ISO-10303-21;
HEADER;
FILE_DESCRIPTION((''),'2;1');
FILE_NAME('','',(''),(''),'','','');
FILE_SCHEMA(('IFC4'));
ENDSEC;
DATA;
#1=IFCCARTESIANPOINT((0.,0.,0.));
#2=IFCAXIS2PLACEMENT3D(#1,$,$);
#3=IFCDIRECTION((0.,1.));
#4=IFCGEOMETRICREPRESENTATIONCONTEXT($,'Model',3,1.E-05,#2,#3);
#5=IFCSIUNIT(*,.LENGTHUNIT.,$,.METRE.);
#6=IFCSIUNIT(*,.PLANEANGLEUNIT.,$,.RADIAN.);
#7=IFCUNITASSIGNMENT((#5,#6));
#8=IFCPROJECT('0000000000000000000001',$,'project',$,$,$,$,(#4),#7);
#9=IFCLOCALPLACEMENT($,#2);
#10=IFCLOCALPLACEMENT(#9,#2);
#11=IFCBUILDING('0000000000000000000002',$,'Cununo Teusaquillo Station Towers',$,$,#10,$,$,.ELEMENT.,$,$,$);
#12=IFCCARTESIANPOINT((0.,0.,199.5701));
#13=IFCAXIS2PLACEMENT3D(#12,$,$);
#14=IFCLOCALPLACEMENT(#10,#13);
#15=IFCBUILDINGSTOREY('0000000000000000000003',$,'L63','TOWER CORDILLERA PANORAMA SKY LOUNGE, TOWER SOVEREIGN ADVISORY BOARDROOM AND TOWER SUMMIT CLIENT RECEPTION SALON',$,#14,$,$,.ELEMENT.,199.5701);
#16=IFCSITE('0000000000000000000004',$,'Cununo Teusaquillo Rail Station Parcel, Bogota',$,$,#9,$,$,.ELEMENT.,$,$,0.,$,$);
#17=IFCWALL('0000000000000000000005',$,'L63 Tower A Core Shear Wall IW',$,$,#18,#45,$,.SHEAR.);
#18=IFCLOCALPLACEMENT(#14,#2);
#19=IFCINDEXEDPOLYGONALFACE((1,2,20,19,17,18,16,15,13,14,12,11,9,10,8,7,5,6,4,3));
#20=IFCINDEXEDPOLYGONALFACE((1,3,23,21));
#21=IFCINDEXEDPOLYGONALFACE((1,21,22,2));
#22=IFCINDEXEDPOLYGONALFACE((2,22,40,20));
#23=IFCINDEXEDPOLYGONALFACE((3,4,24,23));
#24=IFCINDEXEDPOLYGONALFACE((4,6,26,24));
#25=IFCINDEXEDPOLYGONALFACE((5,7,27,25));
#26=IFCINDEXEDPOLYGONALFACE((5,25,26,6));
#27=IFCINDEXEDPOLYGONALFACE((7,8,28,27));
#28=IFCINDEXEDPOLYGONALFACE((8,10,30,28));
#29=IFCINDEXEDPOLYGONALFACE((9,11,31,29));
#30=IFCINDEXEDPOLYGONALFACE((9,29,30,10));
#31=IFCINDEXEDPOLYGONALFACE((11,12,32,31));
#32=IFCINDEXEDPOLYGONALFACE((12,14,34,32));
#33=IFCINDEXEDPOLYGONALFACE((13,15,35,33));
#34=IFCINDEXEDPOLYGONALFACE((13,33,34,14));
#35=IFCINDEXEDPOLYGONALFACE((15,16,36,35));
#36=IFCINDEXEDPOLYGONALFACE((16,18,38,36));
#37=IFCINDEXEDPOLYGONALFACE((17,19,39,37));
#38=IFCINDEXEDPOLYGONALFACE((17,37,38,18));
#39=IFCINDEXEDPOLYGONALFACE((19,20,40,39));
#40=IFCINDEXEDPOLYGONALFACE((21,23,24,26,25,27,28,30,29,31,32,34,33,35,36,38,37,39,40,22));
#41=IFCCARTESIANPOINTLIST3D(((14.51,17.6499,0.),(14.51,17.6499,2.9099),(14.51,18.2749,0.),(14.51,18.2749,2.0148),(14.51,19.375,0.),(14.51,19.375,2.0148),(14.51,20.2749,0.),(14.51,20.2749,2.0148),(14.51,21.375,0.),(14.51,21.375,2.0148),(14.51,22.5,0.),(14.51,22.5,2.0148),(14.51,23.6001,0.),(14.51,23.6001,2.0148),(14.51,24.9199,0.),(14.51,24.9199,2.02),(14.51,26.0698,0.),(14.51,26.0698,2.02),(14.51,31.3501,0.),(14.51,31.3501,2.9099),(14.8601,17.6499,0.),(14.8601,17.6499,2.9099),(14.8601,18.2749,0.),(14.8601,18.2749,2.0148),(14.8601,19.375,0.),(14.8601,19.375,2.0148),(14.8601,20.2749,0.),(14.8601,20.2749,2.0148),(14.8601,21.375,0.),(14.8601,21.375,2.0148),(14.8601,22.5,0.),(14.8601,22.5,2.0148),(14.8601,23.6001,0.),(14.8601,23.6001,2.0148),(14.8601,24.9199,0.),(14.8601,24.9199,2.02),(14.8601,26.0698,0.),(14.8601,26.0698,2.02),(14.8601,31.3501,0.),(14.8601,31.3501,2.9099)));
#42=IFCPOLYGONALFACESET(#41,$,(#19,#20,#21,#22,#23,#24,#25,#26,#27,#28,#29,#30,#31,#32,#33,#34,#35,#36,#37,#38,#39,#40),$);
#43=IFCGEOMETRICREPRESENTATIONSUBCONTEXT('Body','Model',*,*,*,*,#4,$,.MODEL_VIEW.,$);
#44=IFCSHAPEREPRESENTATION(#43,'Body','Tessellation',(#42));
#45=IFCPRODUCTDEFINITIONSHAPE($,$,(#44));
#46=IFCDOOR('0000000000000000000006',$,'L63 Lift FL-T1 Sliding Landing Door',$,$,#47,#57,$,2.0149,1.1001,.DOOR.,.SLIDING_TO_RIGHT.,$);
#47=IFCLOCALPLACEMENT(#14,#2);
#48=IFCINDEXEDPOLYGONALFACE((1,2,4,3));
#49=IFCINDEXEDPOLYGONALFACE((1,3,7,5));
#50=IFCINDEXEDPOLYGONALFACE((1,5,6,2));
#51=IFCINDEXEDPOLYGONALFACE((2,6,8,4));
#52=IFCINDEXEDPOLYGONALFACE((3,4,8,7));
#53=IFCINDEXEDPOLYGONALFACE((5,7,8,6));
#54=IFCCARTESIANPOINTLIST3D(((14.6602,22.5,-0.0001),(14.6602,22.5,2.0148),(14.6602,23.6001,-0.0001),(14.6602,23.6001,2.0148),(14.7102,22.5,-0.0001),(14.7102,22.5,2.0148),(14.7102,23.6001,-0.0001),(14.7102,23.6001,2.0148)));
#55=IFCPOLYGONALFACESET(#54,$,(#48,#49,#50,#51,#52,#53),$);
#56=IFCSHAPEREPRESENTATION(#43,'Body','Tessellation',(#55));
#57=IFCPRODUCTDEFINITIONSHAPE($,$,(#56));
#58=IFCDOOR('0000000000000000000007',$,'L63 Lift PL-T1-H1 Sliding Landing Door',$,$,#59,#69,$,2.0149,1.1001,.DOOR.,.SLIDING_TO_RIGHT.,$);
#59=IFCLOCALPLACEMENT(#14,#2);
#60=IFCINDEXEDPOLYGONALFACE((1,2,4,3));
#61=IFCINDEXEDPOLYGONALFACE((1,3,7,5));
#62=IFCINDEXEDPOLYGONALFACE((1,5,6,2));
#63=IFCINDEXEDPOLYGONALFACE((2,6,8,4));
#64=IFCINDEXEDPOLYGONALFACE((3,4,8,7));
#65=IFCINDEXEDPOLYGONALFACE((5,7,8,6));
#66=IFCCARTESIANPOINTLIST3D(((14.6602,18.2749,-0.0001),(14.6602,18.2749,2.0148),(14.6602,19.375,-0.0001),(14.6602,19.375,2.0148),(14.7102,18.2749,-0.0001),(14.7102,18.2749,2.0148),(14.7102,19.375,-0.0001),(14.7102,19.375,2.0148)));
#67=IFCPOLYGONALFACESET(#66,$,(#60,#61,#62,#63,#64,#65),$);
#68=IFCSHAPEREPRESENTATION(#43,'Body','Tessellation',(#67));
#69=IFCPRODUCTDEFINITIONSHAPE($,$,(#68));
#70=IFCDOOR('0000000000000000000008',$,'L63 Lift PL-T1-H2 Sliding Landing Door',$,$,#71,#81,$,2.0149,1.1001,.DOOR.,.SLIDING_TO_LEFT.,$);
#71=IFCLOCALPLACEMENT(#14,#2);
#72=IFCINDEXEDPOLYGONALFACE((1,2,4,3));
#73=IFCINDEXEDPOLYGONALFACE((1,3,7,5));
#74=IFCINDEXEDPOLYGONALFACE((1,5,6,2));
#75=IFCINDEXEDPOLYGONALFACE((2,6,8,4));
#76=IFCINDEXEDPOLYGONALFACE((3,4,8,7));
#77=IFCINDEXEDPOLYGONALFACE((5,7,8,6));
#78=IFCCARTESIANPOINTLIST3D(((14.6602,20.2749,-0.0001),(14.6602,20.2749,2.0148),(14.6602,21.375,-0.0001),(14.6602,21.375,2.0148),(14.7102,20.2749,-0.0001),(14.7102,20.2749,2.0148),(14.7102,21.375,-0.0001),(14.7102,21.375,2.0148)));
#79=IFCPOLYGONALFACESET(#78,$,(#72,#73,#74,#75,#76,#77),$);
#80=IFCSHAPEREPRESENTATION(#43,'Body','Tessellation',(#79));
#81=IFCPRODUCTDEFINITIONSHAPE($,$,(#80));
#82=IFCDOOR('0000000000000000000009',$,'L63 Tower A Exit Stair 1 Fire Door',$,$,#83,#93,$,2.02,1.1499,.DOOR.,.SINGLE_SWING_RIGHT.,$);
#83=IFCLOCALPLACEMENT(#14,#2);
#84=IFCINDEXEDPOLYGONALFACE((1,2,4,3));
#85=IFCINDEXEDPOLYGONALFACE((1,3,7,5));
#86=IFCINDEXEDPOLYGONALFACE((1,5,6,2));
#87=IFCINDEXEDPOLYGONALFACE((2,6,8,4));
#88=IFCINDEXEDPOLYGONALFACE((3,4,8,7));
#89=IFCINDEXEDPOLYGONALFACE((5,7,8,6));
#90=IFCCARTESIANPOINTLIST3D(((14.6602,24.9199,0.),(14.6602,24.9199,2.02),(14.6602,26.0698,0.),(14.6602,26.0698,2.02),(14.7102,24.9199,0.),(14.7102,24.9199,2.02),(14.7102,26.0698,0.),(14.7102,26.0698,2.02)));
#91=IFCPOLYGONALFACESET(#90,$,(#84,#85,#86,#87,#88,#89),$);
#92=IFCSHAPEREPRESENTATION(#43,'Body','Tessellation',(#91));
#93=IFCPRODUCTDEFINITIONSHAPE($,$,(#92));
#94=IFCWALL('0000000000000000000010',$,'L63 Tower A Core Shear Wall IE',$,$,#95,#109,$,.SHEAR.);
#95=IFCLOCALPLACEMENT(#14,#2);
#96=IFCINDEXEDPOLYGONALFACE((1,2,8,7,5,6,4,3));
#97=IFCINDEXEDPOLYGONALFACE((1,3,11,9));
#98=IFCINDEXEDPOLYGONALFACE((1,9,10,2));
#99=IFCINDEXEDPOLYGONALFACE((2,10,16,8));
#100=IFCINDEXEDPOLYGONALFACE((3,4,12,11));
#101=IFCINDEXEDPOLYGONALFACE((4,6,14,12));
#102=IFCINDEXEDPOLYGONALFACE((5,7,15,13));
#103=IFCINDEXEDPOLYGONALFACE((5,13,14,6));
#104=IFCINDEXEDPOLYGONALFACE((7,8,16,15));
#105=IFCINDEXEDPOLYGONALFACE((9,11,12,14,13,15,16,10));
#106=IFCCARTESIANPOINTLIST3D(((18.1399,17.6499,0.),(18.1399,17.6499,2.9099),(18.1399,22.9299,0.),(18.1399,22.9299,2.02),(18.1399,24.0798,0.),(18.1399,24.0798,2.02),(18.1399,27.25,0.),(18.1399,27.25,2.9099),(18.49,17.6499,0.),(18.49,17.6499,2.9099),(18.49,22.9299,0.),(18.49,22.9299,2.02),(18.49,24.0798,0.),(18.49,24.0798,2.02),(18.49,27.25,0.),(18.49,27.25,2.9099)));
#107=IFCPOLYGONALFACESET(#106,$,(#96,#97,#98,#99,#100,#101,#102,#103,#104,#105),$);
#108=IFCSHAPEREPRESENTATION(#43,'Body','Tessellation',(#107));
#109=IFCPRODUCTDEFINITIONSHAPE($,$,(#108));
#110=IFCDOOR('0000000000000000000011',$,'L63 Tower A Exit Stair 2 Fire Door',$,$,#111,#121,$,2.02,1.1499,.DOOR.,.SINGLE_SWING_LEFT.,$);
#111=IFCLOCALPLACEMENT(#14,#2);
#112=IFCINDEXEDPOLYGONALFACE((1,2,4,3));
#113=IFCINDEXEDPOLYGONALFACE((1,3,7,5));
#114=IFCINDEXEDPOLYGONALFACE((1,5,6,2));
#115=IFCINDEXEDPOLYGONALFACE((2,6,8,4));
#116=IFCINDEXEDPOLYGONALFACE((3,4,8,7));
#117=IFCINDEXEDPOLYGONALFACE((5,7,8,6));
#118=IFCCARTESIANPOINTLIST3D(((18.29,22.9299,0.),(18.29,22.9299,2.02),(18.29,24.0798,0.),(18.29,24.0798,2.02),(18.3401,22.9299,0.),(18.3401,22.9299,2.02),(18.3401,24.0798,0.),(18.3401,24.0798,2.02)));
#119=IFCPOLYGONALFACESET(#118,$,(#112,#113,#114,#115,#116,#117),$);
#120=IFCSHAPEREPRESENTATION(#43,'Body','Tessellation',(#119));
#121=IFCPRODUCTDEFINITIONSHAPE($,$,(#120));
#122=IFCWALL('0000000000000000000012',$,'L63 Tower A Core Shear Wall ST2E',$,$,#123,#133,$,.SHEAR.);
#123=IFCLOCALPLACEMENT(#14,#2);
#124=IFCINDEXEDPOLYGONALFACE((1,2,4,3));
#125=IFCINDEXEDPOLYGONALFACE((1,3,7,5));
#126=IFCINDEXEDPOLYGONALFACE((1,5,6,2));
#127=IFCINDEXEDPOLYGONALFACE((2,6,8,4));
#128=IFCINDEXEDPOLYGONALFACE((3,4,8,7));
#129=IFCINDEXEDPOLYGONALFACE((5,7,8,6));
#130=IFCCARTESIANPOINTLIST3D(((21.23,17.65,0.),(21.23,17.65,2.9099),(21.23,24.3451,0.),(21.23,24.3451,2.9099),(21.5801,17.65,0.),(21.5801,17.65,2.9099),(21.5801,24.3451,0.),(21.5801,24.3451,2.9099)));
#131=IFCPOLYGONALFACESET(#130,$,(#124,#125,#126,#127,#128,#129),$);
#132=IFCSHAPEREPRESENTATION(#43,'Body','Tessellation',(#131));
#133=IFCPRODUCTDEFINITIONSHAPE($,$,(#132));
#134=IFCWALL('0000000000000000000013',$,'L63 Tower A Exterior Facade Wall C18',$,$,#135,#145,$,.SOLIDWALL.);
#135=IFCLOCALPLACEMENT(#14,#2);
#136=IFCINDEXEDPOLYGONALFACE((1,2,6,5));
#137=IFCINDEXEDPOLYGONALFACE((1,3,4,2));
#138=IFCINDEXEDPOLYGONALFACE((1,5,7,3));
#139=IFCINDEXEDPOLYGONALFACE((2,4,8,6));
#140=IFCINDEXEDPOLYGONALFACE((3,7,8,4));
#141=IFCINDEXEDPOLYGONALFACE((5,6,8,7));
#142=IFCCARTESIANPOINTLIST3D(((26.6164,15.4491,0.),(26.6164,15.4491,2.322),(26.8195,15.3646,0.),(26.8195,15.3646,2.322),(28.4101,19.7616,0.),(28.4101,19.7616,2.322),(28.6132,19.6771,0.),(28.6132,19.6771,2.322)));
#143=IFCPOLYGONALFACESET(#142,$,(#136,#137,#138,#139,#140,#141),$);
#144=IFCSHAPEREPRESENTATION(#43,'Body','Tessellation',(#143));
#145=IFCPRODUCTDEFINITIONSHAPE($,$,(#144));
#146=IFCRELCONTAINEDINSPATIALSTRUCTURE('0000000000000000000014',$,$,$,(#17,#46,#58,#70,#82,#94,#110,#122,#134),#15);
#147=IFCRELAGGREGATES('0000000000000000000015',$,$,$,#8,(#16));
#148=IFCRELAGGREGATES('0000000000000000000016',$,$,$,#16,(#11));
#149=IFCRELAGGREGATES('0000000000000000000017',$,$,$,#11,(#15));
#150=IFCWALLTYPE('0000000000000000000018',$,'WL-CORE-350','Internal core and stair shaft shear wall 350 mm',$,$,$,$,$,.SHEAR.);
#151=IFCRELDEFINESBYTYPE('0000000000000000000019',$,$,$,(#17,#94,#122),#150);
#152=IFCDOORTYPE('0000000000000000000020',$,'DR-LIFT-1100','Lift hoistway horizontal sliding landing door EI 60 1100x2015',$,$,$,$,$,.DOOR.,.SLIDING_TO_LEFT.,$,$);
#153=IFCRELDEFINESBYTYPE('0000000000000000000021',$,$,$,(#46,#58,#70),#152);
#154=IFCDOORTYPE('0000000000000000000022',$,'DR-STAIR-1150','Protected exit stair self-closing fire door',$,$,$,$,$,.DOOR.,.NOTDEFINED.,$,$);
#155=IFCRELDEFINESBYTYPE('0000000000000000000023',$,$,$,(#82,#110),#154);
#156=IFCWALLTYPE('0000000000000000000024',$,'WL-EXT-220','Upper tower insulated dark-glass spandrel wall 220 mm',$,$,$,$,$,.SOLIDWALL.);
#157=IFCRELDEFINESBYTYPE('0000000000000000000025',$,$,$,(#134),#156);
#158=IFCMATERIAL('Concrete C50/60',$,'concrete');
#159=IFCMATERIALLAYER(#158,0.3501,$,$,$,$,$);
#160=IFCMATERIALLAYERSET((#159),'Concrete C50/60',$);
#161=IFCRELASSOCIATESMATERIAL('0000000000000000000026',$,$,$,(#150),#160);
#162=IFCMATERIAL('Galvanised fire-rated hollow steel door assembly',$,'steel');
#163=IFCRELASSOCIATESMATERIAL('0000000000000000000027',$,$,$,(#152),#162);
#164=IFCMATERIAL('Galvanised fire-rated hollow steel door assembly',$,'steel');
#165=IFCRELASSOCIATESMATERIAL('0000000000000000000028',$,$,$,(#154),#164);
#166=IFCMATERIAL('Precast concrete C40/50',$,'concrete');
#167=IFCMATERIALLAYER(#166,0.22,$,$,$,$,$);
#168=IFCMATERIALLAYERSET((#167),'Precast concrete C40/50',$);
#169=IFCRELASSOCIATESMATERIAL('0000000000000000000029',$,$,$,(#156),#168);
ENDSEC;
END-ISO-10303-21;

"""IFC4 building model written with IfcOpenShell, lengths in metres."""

from ifc_helpers import new_model, si_unit, direction, frame, frame_2d, origin, place, context, subcontext, project, spatial, rectangle, extrude, source, transform, mapped, material, layer, layer_set, type_object, element, fill, save


model = new_model("IFC4")

# Units and contexts
model_context = context("Model", 3, precision=1e-05, world=origin(), true_north=direction((0.0, 1.0)))
body_context = subcontext(model_context, "Body", "Model", "MODEL_VIEW")
ifc_project = project(units=[si_unit("LENGTHUNIT", "METRE"), si_unit("PLANEANGLEUNIT", "RADIAN")], contexts=[model_context])

# Site, building, storey
site_placement = place(None, origin())
site = spatial("IfcSite", under=ifc_project, at=site_placement, Name="Cununo Teusaquillo Rail Station Parcel, Bogota", CompositionType="ELEMENT", RefElevation=0.0)
building_placement = place(site_placement, origin())
building = spatial("IfcBuilding", under=site, at=building_placement, Name="Cununo Teusaquillo Station Towers", CompositionType="ELEMENT")
storey_placement = place(building_placement, frame((0.0, 0.0, 199.5701)))
storey = spatial("IfcBuildingStorey", under=building, at=storey_placement, Name="L63", Description="TOWER CORDILLERA PANORAMA SKY LOUNGE, TOWER SOVEREIGN ADVISORY BOARDROOM AND TOWER SUMMIT CLIENT RECEPTION SALON", CompositionType="ELEMENT", Elevation=199.5701)

# Wall, openings, doors
ifc_material_1 = material(Name="Concrete C50/60", Category="concrete")
ifc_layer_1 = layer(ifc_material_1, 0.3501)
ifc_layer_set_1 = layer_set([ifc_layer_1], Name="Concrete C50/60")
wall_type_1 = type_object("IfcWallType", Name="WL-CORE-350", Description="Internal core and stair shaft shear wall 350 mm", PredefinedType="SHEAR", material=ifc_layer_set_1)
wall_1_placement = place(storey_placement, frame((14.6851, 17.6499, 0.0), z_axis=(0.0, 0.0, 1.0), x_axis=(0.0, 1.0, 0.0)))
wall_1 = element("IfcWall", 1, at=wall_1_placement, inside=storey, type_object=wall_type_1, Name="L63 Tower A Core Shear Wall IW", PredefinedType="SHEAR", context=body_context, shape_type="SweptSolid", body=[
    extrude(rectangle(XDim=13.7002, YDim=0.3501, at=frame_2d((6.8501, 0.0))), origin(), (0.0, 0.0, 1.0), 2.9099),
])
shared_shape_1 = source(origin(), body_context, "Body", "SweptSolid", [
    extrude(rectangle(XDim=1.1001, YDim=2.0149, at=frame_2d((0.55, 1.0073))), frame((0.0, 0.1851, 0.0), z_axis=(0.0, -1.0, 0.0), x_axis=(1.0, 0.0, 0.0)), (0.0, 0.0, 1.0), 0.3701),
])
opening_1_placement = place(wall_1_placement, frame((4.8501, 0.0, 0.0)))
opening_1 = element("IfcOpeningElement", 2, at=opening_1_placement, cuts=wall_1, PredefinedType="OPENING", context=body_context, shape_type="MappedRepresentation", body=[
    mapped(shared_shape_1, transform((0.0, 0.0, 0.0), x_axis=(1.0, 0.0, 0.0), y_axis=(0.0, 1.0, 0.0), z_axis=(0.0, 0.0, 1.0), scale=1.0)),
])
opening_2_placement = place(wall_1_placement, frame((0.625, 0.0, 0.0)))
opening_2 = element("IfcOpeningElement", 3, at=opening_2_placement, cuts=wall_1, PredefinedType="OPENING", context=body_context, shape_type="MappedRepresentation", body=[
    mapped(shared_shape_1, transform((0.0, 0.0, 0.0), x_axis=(1.0, 0.0, 0.0), y_axis=(0.0, 1.0, 0.0), z_axis=(0.0, 0.0, 1.0), scale=1.0)),
])
opening_3_placement = place(wall_1_placement, frame((2.625, 0.0, 0.0)))
opening_3 = element("IfcOpeningElement", 4, at=opening_3_placement, cuts=wall_1, PredefinedType="OPENING", context=body_context, shape_type="MappedRepresentation", body=[
    mapped(shared_shape_1, transform((0.0, 0.0, 0.0), x_axis=(1.0, 0.0, 0.0), y_axis=(0.0, 1.0, 0.0), z_axis=(0.0, 0.0, 1.0), scale=1.0)),
])
shared_shape_2 = source(origin(), body_context, "Body", "SweptSolid", [
    extrude(rectangle(XDim=1.1499, YDim=2.02, at=frame_2d((0.575, 1.01))), frame((0.0, 0.1851, 0.0), z_axis=(0.0, -1.0, 0.0), x_axis=(1.0, 0.0, 0.0)), (0.0, 0.0, 1.0), 0.3701),
])
opening_4_placement = place(wall_1_placement, frame((7.27, 0.0, 0.0)))
opening_4 = element("IfcOpeningElement", 5, at=opening_4_placement, cuts=wall_1, PredefinedType="OPENING", context=body_context, shape_type="MappedRepresentation", body=[
    mapped(shared_shape_2, transform((0.0, 0.0, 0.0), x_axis=(1.0, 0.0, 0.0), y_axis=(0.0, 1.0, 0.0), z_axis=(0.0, 0.0, 1.0), scale=1.0)),
])
ifc_material_2 = material(Name="Galvanised fire-rated hollow steel door assembly", Category="steel")
door_type_1 = type_object("IfcDoorType", Name="DR-LIFT-1100", Description="Lift hoistway horizontal sliding landing door EI 60 1100x2015", OperationType="SLIDING_TO_LEFT", PredefinedType="DOOR", material=ifc_material_2)
shared_shape_3 = source(origin(), body_context, "Body", "SweptSolid", [
    extrude(rectangle(XDim=1.1001, YDim=2.0149, at=frame_2d((0.55, 1.0073))), frame((0.0, 0.0249, 0.0), z_axis=(0.0, -1.0, 0.0), x_axis=(1.0, 0.0, 0.0)), (0.0, 0.0, 1.0), 0.05),
])
door_1_placement = place(opening_1_placement, origin())
door_1 = element("IfcDoor", 6, at=door_1_placement, inside=storey, type_object=door_type_1, Name="L63 Lift FL-T1 Sliding Landing Door", OperationType="SLIDING_TO_RIGHT", OverallHeight=2.0149, OverallWidth=1.1001, PredefinedType="DOOR", context=body_context, shape_type="MappedRepresentation", body=[
    mapped(shared_shape_3, transform((0.0, 0.0, 0.0), x_axis=(1.0, 0.0, 0.0), y_axis=(0.0, 1.0, 0.0), z_axis=(0.0, 0.0, 1.0), scale=1.0)),
])
fill(opening_1, door_1)
door_2_placement = place(opening_2_placement, origin())
door_2 = element("IfcDoor", 7, at=door_2_placement, inside=storey, type_object=door_type_1, Name="L63 Lift PL-T1-H1 Sliding Landing Door", OperationType="SLIDING_TO_RIGHT", OverallHeight=2.0149, OverallWidth=1.1001, PredefinedType="DOOR", context=body_context, shape_type="MappedRepresentation", body=[
    mapped(shared_shape_3, transform((0.0, 0.0, 0.0), x_axis=(1.0, 0.0, 0.0), y_axis=(0.0, 1.0, 0.0), z_axis=(0.0, 0.0, 1.0), scale=1.0)),
])
fill(opening_2, door_2)
door_3_placement = place(opening_3_placement, origin())
door_3 = element("IfcDoor", 8, at=door_3_placement, inside=storey, type_object=door_type_1, Name="L63 Lift PL-T1-H2 Sliding Landing Door", OperationType="SLIDING_TO_LEFT", OverallHeight=2.0149, OverallWidth=1.1001, PredefinedType="DOOR", context=body_context, shape_type="MappedRepresentation", body=[
    mapped(shared_shape_3, transform((0.0, 0.0, 0.0), x_axis=(1.0, 0.0, 0.0), y_axis=(0.0, 1.0, 0.0), z_axis=(0.0, 0.0, 1.0), scale=1.0)),
])
fill(opening_3, door_3)
ifc_material_3 = material(Name="Galvanised fire-rated hollow steel door assembly", Category="steel")
door_type_2 = type_object("IfcDoorType", Name="DR-STAIR-1150", Description="Protected exit stair self-closing fire door", OperationType="NOTDEFINED", PredefinedType="DOOR", material=ifc_material_3)
shared_shape_4 = source(origin(), body_context, "Body", "SweptSolid", [
    extrude(rectangle(XDim=1.1499, YDim=2.02, at=frame_2d((0.575, 1.01))), frame((0.0, 0.0249, 0.0), z_axis=(0.0, -1.0, 0.0), x_axis=(1.0, 0.0, 0.0)), (0.0, 0.0, 1.0), 0.05),
])
door_4_placement = place(opening_4_placement, origin())
door_4 = element("IfcDoor", 9, at=door_4_placement, inside=storey, type_object=door_type_2, Name="L63 Tower A Exit Stair 1 Fire Door", OperationType="SINGLE_SWING_RIGHT", OverallHeight=2.02, OverallWidth=1.1499, PredefinedType="DOOR", context=body_context, shape_type="MappedRepresentation", body=[
    mapped(shared_shape_4, transform((0.0, 0.0, 0.0), x_axis=(1.0, 0.0, 0.0), y_axis=(0.0, 1.0, 0.0), z_axis=(0.0, 0.0, 1.0), scale=1.0)),
])
fill(opening_4, door_4)

# Wall, opening, door
wall_2_placement = place(storey_placement, frame((18.3149, 17.6499, 0.0), z_axis=(0.0, 0.0, 1.0), x_axis=(0.0, 1.0, 0.0)))
wall_2 = element("IfcWall", 10, at=wall_2_placement, inside=storey, type_object=wall_type_1, Name="L63 Tower A Core Shear Wall IE", PredefinedType="SHEAR", context=body_context, shape_type="SweptSolid", body=[
    extrude(rectangle(XDim=9.6001, YDim=0.3501, at=frame_2d((4.8, 0.0))), origin(), (0.0, 0.0, 1.0), 2.9099),
])
opening_5_placement = place(wall_2_placement, frame((5.28, 0.0, 0.0)))
opening_5 = element("IfcOpeningElement", 11, at=opening_5_placement, cuts=wall_2, PredefinedType="OPENING", context=body_context, shape_type="MappedRepresentation", body=[
    mapped(shared_shape_2, transform((0.0, 0.0, 0.0), x_axis=(1.0, 0.0, 0.0), y_axis=(0.0, 1.0, 0.0), z_axis=(0.0, 0.0, 1.0), scale=1.0)),
])
door_5_placement = place(opening_5_placement, origin())
door_5 = element("IfcDoor", 12, at=door_5_placement, inside=storey, type_object=door_type_2, Name="L63 Tower A Exit Stair 2 Fire Door", OperationType="SINGLE_SWING_LEFT", OverallHeight=2.02, OverallWidth=1.1499, PredefinedType="DOOR", context=body_context, shape_type="MappedRepresentation", body=[
    mapped(shared_shape_4, transform((0.0, 0.0, 0.0), x_axis=(1.0, 0.0, 0.0), y_axis=(0.0, 1.0, 0.0), z_axis=(0.0, 0.0, 1.0), scale=1.0)),
])
fill(opening_5, door_5)

# Walls
wall_3_placement = place(storey_placement, frame((21.405, 17.6499, 0.0), z_axis=(0.0, 0.0, 1.0), x_axis=(0.0, 1.0, 0.0)))
element("IfcWall", 13, at=wall_3_placement, inside=storey, type_object=wall_type_1, Name="L63 Tower A Core Shear Wall ST2E", PredefinedType="SHEAR", context=body_context, shape_type="SweptSolid", body=[
    extrude(rectangle(XDim=6.6951, YDim=0.3501, at=frame_2d((3.3477, 0.0))), origin(), (0.0, 0.0, 1.0), 2.9099),
])
ifc_material_4 = material(Name="Precast concrete C40/50", Category="concrete")
ifc_layer_2 = layer(ifc_material_4, 0.22)
ifc_layer_set_2 = layer_set([ifc_layer_2], Name="Precast concrete C40/50")
wall_type_2 = type_object("IfcWallType", Name="WL-EXT-220", Description="Upper tower insulated dark-glass spandrel wall 220 mm", PredefinedType="SOLIDWALL", material=ifc_layer_set_2)
wall_4_placement = place(storey_placement, frame((28.5117, 19.7195, 0.0), z_axis=(0.0, 0.0, 1.0), x_axis=(-0.384036, -0.923318, 0.0)))
element("IfcWall", 14, at=wall_4_placement, inside=storey, type_object=wall_type_2, Name="L63 Tower A Exterior Facade Wall C18", PredefinedType="SOLIDWALL", context=body_context, shape_type="SweptSolid", body=[
    extrude(rectangle(XDim=4.6707, YDim=0.22, at=frame_2d((2.3354, 0.0))), origin(), (0.0, 0.0, 1.0), 2.322),
])

save(model, "model.ifc")
